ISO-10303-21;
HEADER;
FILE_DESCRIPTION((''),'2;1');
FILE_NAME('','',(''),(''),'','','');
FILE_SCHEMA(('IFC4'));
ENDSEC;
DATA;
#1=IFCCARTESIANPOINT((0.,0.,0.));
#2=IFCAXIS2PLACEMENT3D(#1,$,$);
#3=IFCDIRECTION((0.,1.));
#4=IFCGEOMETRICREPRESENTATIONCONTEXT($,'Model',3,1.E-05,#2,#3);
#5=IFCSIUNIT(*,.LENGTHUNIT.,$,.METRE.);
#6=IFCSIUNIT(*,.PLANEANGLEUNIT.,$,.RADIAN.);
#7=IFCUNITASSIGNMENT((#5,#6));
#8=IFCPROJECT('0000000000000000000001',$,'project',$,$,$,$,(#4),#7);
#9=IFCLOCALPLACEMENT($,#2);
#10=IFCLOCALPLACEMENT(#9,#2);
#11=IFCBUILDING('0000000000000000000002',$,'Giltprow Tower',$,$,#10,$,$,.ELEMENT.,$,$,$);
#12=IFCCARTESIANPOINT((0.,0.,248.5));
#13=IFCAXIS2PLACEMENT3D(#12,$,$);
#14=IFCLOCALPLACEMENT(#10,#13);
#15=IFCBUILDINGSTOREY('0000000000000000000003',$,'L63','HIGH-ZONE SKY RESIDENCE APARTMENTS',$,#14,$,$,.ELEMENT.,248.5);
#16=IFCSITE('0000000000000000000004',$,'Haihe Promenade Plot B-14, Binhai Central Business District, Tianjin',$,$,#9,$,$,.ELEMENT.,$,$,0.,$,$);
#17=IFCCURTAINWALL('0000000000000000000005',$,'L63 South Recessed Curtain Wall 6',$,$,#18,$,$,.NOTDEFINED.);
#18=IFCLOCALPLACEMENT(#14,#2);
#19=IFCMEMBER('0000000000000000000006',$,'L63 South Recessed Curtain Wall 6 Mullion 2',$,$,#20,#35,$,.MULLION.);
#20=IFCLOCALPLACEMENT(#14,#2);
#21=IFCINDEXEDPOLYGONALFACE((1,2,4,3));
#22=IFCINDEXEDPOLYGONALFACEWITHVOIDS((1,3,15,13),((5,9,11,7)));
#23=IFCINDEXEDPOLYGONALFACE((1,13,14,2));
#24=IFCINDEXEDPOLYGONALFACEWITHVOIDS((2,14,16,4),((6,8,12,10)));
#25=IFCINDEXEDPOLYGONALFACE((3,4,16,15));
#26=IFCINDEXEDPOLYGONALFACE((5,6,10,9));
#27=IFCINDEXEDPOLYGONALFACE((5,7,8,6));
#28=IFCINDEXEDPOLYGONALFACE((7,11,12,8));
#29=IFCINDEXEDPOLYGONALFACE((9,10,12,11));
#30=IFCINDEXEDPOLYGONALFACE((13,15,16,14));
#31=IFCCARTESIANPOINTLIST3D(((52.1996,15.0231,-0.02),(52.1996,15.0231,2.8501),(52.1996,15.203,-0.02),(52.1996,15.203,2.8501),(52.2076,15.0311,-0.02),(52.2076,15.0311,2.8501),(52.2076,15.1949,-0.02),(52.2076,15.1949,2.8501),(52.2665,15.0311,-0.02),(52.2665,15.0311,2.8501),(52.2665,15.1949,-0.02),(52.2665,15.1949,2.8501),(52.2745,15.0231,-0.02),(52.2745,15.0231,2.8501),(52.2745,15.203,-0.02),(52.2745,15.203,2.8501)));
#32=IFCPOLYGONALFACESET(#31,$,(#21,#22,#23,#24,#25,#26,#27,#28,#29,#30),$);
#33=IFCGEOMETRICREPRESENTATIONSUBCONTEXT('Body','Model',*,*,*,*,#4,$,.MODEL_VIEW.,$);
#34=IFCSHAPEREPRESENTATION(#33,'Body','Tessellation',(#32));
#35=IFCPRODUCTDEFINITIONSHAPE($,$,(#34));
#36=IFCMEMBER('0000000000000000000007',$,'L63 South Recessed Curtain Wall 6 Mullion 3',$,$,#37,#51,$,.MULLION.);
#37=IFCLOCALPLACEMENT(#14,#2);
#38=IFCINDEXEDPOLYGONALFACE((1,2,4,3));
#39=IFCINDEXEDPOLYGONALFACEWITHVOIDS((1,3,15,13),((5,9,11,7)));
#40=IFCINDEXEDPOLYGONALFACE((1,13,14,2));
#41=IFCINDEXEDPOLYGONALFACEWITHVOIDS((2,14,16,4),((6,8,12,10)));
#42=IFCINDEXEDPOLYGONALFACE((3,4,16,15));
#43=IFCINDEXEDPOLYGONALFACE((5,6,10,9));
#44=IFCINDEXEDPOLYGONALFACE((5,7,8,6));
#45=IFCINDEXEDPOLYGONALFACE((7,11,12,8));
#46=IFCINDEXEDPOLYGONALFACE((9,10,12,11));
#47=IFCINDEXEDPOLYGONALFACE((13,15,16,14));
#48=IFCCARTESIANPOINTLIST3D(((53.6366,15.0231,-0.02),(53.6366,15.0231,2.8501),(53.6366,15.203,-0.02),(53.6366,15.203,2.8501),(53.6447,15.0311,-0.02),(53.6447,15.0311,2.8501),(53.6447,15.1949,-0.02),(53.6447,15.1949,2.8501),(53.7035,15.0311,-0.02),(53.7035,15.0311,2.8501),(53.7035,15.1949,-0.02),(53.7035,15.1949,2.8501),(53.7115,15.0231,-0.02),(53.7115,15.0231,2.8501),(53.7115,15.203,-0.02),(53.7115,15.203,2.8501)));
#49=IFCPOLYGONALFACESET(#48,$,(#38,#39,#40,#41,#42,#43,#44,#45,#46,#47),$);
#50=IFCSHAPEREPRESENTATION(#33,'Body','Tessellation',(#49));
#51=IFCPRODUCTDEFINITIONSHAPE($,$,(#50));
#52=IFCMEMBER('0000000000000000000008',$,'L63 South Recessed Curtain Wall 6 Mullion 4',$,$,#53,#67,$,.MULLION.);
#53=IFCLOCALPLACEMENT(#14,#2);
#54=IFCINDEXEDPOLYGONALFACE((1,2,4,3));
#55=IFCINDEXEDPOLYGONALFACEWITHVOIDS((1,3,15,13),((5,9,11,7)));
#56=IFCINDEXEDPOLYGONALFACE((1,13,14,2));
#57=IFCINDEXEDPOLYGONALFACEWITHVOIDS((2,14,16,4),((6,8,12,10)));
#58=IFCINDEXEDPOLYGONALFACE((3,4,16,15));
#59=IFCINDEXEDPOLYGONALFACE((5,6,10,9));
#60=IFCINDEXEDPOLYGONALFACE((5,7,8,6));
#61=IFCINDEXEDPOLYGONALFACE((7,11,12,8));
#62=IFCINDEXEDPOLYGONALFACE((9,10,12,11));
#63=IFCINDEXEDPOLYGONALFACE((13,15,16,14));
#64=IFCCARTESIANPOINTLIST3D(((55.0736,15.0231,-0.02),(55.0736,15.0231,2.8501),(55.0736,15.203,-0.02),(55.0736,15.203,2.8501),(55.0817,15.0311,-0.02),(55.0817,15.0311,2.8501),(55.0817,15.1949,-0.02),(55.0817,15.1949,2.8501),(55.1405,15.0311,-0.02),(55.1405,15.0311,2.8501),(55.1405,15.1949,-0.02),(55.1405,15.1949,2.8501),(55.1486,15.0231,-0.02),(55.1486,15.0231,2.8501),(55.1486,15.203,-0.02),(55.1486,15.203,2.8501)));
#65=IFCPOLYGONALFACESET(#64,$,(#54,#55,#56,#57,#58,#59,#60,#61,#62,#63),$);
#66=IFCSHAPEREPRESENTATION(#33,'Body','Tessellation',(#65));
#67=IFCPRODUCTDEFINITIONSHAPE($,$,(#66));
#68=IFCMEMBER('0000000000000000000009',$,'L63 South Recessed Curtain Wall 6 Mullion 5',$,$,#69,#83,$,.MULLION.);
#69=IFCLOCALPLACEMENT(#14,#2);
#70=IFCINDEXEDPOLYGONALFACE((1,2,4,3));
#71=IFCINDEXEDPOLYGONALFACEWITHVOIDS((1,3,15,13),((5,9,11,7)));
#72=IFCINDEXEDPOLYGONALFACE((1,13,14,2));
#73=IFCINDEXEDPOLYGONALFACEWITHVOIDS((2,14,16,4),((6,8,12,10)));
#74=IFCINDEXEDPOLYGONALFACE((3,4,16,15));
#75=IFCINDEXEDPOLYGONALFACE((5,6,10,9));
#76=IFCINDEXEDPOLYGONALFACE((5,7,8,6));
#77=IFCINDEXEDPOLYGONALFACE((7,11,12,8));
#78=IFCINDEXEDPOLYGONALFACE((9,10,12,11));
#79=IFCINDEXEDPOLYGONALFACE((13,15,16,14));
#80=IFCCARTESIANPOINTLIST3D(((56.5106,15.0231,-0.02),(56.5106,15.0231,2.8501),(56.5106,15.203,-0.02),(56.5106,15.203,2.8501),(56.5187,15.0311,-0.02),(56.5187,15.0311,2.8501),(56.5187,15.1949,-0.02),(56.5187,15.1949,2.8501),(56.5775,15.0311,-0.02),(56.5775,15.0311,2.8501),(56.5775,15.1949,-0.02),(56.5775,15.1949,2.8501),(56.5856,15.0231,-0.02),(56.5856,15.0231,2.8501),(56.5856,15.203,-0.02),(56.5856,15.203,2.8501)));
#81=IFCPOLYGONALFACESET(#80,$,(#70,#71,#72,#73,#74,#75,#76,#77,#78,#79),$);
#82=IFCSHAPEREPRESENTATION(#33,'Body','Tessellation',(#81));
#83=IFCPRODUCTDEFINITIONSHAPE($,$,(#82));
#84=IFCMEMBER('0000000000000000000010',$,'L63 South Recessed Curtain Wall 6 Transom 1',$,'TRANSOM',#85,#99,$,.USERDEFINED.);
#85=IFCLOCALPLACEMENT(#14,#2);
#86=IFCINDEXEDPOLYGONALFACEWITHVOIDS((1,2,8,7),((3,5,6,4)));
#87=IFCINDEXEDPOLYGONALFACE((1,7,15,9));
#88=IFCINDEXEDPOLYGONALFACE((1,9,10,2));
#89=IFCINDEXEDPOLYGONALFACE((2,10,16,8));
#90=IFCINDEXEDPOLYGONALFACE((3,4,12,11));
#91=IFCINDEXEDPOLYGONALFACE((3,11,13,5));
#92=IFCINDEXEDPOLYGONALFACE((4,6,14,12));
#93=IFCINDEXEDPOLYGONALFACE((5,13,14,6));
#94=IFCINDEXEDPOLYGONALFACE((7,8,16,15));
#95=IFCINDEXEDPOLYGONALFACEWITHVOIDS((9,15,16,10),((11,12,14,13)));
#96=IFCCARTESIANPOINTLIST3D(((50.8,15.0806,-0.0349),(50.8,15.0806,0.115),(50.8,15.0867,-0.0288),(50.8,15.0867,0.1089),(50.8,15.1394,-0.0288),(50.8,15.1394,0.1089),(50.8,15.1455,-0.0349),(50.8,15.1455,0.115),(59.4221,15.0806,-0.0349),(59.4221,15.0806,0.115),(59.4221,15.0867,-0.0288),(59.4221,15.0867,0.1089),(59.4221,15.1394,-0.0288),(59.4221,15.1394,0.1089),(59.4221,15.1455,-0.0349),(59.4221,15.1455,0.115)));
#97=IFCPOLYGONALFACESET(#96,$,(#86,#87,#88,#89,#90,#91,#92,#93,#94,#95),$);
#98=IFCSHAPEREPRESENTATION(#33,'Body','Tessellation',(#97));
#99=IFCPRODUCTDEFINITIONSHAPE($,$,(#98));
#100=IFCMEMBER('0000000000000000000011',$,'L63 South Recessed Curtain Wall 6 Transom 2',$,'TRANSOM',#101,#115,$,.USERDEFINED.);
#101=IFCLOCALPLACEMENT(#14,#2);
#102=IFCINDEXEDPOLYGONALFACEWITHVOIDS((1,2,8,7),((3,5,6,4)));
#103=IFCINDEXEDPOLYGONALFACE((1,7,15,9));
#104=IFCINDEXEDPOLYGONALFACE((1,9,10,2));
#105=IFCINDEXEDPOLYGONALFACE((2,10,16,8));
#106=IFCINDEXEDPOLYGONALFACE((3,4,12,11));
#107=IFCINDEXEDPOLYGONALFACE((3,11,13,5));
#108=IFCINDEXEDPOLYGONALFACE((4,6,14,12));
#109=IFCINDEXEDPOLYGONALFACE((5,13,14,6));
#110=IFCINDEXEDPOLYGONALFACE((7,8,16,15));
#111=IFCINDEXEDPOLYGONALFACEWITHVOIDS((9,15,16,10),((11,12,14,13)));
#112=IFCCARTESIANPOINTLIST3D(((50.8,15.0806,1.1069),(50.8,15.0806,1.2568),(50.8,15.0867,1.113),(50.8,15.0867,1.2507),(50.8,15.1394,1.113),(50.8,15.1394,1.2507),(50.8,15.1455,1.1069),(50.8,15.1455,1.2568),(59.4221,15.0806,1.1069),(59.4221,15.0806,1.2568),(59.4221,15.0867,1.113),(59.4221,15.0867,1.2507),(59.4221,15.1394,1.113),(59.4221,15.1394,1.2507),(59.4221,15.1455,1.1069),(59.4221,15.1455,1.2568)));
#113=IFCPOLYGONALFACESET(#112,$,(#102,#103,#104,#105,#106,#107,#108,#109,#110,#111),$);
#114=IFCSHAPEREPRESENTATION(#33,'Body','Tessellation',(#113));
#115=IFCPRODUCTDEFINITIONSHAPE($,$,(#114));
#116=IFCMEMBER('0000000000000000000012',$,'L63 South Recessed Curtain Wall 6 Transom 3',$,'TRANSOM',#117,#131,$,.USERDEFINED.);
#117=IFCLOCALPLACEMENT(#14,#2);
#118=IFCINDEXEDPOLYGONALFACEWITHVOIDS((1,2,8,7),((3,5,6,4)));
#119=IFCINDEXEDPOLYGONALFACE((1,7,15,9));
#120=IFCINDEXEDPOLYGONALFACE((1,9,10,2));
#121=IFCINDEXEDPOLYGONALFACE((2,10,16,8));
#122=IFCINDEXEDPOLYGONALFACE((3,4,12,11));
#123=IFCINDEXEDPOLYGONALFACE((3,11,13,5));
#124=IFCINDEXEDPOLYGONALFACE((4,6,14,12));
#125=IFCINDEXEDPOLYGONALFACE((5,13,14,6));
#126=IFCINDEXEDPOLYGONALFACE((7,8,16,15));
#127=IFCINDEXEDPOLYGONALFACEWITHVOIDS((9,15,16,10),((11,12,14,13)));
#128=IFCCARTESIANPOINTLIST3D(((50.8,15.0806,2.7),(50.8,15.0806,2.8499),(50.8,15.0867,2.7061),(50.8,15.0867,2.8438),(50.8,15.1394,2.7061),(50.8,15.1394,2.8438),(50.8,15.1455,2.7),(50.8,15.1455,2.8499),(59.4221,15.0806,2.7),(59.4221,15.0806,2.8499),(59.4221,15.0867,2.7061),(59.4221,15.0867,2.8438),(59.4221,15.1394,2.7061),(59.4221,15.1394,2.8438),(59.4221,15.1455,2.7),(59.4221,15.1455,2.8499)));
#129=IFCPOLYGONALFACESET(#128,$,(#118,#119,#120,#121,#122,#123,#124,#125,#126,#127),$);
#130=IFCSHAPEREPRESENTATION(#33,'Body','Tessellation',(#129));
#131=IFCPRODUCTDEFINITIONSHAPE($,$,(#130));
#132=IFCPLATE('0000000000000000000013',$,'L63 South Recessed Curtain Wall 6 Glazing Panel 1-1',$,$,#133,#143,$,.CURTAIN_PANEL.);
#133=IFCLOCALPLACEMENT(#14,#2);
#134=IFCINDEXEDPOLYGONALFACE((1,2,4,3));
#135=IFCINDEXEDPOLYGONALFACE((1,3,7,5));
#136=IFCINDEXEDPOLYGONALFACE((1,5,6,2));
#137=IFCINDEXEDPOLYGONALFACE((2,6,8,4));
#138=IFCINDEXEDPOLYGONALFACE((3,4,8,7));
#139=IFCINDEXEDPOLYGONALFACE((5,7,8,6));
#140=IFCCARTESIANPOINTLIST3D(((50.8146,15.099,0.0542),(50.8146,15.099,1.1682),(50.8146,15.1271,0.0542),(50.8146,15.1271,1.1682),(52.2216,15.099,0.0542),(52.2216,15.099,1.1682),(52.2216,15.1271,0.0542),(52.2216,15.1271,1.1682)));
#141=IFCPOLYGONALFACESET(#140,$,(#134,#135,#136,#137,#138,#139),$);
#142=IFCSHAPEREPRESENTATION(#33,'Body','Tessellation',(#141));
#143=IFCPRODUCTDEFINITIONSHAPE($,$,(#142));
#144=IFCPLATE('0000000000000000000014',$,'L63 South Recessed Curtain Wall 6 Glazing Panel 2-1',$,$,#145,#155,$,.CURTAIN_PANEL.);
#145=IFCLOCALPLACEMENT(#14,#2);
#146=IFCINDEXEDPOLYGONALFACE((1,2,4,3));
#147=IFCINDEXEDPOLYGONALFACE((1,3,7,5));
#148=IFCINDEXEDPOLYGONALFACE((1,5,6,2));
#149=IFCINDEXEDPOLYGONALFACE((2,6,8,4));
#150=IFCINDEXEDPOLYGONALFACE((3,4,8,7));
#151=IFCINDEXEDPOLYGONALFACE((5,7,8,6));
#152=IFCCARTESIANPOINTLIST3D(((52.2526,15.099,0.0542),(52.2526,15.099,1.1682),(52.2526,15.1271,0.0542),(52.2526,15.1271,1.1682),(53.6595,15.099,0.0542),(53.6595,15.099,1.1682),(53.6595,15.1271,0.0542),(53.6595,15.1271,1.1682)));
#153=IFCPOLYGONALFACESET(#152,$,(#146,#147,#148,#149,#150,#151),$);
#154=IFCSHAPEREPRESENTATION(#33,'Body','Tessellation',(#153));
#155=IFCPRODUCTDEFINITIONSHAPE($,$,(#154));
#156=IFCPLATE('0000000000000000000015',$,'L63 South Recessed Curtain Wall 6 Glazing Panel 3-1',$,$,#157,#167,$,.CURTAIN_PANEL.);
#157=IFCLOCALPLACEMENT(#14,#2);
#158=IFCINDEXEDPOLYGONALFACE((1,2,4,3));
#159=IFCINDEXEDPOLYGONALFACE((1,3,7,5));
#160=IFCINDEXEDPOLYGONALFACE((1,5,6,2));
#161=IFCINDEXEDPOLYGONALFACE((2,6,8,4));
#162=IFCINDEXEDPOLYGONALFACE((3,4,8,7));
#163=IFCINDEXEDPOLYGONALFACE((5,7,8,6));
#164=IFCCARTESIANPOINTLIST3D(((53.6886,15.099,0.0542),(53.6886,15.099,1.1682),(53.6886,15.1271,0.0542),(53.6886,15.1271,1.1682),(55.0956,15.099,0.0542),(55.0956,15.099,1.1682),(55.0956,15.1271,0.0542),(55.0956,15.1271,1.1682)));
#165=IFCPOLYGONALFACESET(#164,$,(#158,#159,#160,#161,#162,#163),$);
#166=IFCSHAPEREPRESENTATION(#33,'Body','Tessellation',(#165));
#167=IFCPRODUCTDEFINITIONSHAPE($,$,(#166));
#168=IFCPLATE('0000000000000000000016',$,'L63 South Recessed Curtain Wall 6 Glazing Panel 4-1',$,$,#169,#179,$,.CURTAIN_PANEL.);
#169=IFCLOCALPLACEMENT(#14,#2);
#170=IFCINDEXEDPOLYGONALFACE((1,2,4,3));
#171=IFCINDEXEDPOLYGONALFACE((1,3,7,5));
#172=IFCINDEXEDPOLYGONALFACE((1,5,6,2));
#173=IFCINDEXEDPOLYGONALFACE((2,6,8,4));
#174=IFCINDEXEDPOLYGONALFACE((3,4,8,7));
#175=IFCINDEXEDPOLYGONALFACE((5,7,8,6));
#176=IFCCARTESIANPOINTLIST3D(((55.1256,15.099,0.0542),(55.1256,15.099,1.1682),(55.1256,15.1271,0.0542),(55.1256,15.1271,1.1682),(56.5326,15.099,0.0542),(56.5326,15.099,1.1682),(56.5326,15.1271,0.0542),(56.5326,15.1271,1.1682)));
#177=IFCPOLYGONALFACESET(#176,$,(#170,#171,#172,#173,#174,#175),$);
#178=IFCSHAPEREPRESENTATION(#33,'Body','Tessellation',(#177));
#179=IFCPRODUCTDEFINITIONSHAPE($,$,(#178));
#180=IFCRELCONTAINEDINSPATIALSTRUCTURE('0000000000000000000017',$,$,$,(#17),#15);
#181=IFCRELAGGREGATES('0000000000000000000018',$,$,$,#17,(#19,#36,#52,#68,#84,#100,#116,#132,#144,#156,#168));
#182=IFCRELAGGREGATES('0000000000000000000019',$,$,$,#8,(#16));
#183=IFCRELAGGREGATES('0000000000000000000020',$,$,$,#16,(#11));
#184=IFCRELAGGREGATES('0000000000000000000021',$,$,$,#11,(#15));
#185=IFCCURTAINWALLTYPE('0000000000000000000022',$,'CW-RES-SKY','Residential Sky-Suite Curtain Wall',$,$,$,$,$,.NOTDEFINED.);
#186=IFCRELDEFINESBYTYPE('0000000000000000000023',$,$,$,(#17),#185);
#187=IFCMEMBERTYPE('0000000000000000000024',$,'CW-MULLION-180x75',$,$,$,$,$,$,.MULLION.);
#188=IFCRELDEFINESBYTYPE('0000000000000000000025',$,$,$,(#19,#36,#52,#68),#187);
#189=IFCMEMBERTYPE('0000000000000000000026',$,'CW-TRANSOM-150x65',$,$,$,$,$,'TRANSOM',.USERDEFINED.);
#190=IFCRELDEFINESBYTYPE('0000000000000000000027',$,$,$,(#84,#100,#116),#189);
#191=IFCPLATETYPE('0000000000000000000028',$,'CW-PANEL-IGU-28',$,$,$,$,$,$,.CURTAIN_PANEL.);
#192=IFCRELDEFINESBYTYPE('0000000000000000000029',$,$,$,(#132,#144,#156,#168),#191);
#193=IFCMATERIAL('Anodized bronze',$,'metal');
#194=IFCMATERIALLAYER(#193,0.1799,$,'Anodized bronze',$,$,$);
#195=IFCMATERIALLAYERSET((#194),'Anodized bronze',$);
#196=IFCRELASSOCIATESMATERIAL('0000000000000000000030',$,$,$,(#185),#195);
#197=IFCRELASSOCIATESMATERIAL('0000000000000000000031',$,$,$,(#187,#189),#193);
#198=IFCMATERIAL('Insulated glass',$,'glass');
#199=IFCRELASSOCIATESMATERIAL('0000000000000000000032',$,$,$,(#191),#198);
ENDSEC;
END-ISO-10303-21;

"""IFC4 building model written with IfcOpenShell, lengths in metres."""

from ifc_helpers import new_model, si_unit, direction, frame, origin, origin_2d, place, context, subcontext, project, spatial, rectangle, hollow_rectangle, extrude, source, transform, mapped, material, layer, layer_set, material_profile, profile_set, type_object, element, aggregate, save


model = new_model("IFC4")

# Units and contexts
model_context = context("Model", 3, precision=1e-05, world=origin(), true_north=direction((0.0, 1.0)))
body_context = subcontext(model_context, "Body", "Model", "MODEL_VIEW")
ifc_project = project(units=[si_unit("LENGTHUNIT", "METRE"), si_unit("PLANEANGLEUNIT", "RADIAN")], contexts=[model_context])

# Site, building, storey
site_placement = place(None, origin())
site = spatial("IfcSite", under=ifc_project, at=site_placement, Name="Haihe Promenade Plot B-14, Binhai Central Business District, Tianjin", CompositionType="ELEMENT", RefElevation=0.0)
building_placement = place(site_placement, origin())
building = spatial("IfcBuilding", under=site, at=building_placement, Name="Giltprow Tower", CompositionType="ELEMENT")
storey_placement = place(building_placement, frame((0.0, 0.0, 248.5)))
storey = spatial("IfcBuildingStorey", under=building, at=storey_placement, Name="L63", Description="HIGH-ZONE SKY RESIDENCE APARTMENTS", CompositionType="ELEMENT", Elevation=248.5)

# Curtain wall, members, plates
ifc_material_1 = material(Name="Anodized bronze", Category="metal")
ifc_layer = layer(ifc_material_1, 0.1799, Name="Anodized bronze")
ifc_layer_set = layer_set([ifc_layer], Name="Anodized bronze")
curtain_wall_type = type_object("IfcCurtainWallType", Name="CW-RES-SKY", Description="Residential Sky-Suite Curtain Wall", PredefinedType="NOTDEFINED", material=ifc_layer_set)
curtain_wall_placement = place(storey_placement, origin())
curtain_wall = element("IfcCurtainWall", 1, at=curtain_wall_placement, inside=storey, type_object=curtain_wall_type, Name="L63 South Recessed Curtain Wall 6", PredefinedType="NOTDEFINED")
ifc_material_profile_1 = material_profile(ifc_material_1, hollow_rectangle(XDim=0.075, YDim=0.1799, WallThickness=0.0081, at=origin_2d()), Name="RHS 180x75x8")
ifc_profile_set_1 = profile_set([ifc_material_profile_1], Name="Anodized bronze")
member_type_1 = type_object("IfcMemberType", Name="CW-MULLION-180x75", PredefinedType="MULLION", material=ifc_profile_set_1)
shared_shape_1 = source(origin(), body_context, "Body", "SweptSolid", [
    extrude(hollow_rectangle(XDim=0.075, YDim=0.1799, WallThickness=0.0081, at=origin_2d()), origin(), (0.0, 0.0, 1.0), 2.8701),
])
member_1_placement = place(storey_placement, frame((52.2371, 15.113, -0.02), z_axis=(0.0, 0.0, 1.0), x_axis=(1.0, 0.0, 0.0)))
member_1 = element("IfcMember", 2, at=member_1_placement, type_object=member_type_1, Name="L63 South Recessed Curtain Wall 6 Mullion 2", PredefinedType="MULLION", context=body_context, shape_type="MappedRepresentation", body=[
    mapped(shared_shape_1, transform((0.0, 0.0, 0.0), x_axis=(1.0, 0.0, 0.0), y_axis=(0.0, 1.0, 0.0), z_axis=(0.0, 0.0, 1.0), scale=1.0)),
])
member_2_placement = place(storey_placement, frame((53.6741, 15.113, -0.02), z_axis=(0.0, 0.0, 1.0), x_axis=(1.0, 0.0, 0.0)))
member_2 = element("IfcMember", 3, at=member_2_placement, type_object=member_type_1, Name="L63 South Recessed Curtain Wall 6 Mullion 3", PredefinedType="MULLION", context=body_context, shape_type="MappedRepresentation", body=[
    mapped(shared_shape_1, transform((0.0, 0.0, 0.0), x_axis=(1.0, 0.0, 0.0), y_axis=(0.0, 1.0, 0.0), z_axis=(0.0, 0.0, 1.0), scale=1.0)),
])
member_3_placement = place(storey_placement, frame((55.1111, 15.113, -0.02), z_axis=(0.0, 0.0, 1.0), x_axis=(1.0, 0.0, 0.0)))
member_3 = element("IfcMember", 4, at=member_3_placement, type_object=member_type_1, Name="L63 South Recessed Curtain Wall 6 Mullion 4", PredefinedType="MULLION", context=body_context, shape_type="MappedRepresentation", body=[
    mapped(shared_shape_1, transform((0.0, 0.0, 0.0), x_axis=(1.0, 0.0, 0.0), y_axis=(0.0, 1.0, 0.0), z_axis=(0.0, 0.0, 1.0), scale=1.0)),
])
member_4_placement = place(storey_placement, frame((56.5481, 15.113, -0.02), z_axis=(0.0, 0.0, 1.0), x_axis=(1.0, 0.0, 0.0)))
member_4 = element("IfcMember", 5, at=member_4_placement, type_object=member_type_1, Name="L63 South Recessed Curtain Wall 6 Mullion 5", PredefinedType="MULLION", context=body_context, shape_type="MappedRepresentation", body=[
    mapped(shared_shape_1, transform((0.0, 0.0, 0.0), x_axis=(1.0, 0.0, 0.0), y_axis=(0.0, 1.0, 0.0), z_axis=(0.0, 0.0, 1.0), scale=1.0)),
])
ifc_material_profile_2 = material_profile(ifc_material_1, hollow_rectangle(XDim=0.0649, YDim=0.1499, WallThickness=0.0061, at=origin_2d()), Name="RHS 150x65x6")
ifc_profile_set_2 = profile_set([ifc_material_profile_2], Name="Anodized bronze")
member_type_2 = type_object("IfcMemberType", Name="CW-TRANSOM-150x65", ElementType="TRANSOM", PredefinedType="USERDEFINED", material=ifc_profile_set_2)
shared_shape_2 = source(origin(), body_context, "Body", "SweptSolid", [
    extrude(hollow_rectangle(XDim=0.0649, YDim=0.1499, WallThickness=0.0061, at=origin_2d()), origin(), (0.0, 0.0, 1.0), 8.6221),
])
member_5_placement = place(storey_placement, frame((50.8, 15.113, 0.04), z_axis=(1.0, 0.0, 0.0), x_axis=(0.0, 1.0, 0.0)))
member_5 = element("IfcMember", 6, at=member_5_placement, type_object=member_type_2, Name="L63 South Recessed Curtain Wall 6 Transom 1", ObjectType="TRANSOM", PredefinedType="USERDEFINED", context=body_context, shape_type="MappedRepresentation", body=[
    mapped(shared_shape_2, transform((0.0, 0.0, 0.0), x_axis=(1.0, 0.0, 0.0), y_axis=(0.0, 1.0, 0.0), z_axis=(0.0, 0.0, 1.0), scale=1.0)),
])
member_6_placement = place(storey_placement, frame((50.8, 15.113, 1.1819), z_axis=(1.0, 0.0, 0.0), x_axis=(0.0, 1.0, 0.0)))
member_6 = element("IfcMember", 7, at=member_6_placement, type_object=member_type_2, Name="L63 South Recessed Curtain Wall 6 Transom 2", ObjectType="TRANSOM", PredefinedType="USERDEFINED", context=body_context, shape_type="MappedRepresentation", body=[
    mapped(shared_shape_2, transform((0.0, 0.0, 0.0), x_axis=(1.0, 0.0, 0.0), y_axis=(0.0, 1.0, 0.0), z_axis=(0.0, 0.0, 1.0), scale=1.0)),
])
member_7_placement = place(storey_placement, frame((50.8, 15.113, 2.7749), z_axis=(1.0, 0.0, 0.0), x_axis=(0.0, 1.0, 0.0)))
member_7 = element("IfcMember", 8, at=member_7_placement, type_object=member_type_2, Name="L63 South Recessed Curtain Wall 6 Transom 3", ObjectType="TRANSOM", PredefinedType="USERDEFINED", context=body_context, shape_type="MappedRepresentation", body=[
    mapped(shared_shape_2, transform((0.0, 0.0, 0.0), x_axis=(1.0, 0.0, 0.0), y_axis=(0.0, 1.0, 0.0), z_axis=(0.0, 0.0, 1.0), scale=1.0)),
])
ifc_material_2 = material(Name="Insulated glass", Category="glass")
plate_type = type_object("IfcPlateType", Name="CW-PANEL-IGU-28", PredefinedType="CURTAIN_PANEL", material=ifc_material_2)
shared_shape_3 = source(origin(), body_context, "Body", "SweptSolid", [
    extrude(rectangle(XDim=1.407, YDim=0.0281, at=origin_2d()), origin(), (0.0, 0.0, 1.0), 1.114),
])
plate_1_placement = place(storey_placement, frame((51.5181, 15.113, 0.0542), z_axis=(0.0, 0.0, 1.0), x_axis=(1.0, 0.0, 0.0)))
plate_1 = element("IfcPlate", 9, at=plate_1_placement, type_object=plate_type, Name="L63 South Recessed Curtain Wall 6 Glazing Panel 1-1", PredefinedType="CURTAIN_PANEL", context=body_context, shape_type="MappedRepresentation", body=[
    mapped(shared_shape_3, transform((0.0, 0.0, 0.0), x_axis=(1.0, 0.0, 0.0), y_axis=(0.0, 1.0, 0.0), z_axis=(0.0, 0.0, 1.0), scale=1.0)),
])
plate_2_placement = place(storey_placement, frame((52.9561, 15.113, 0.0542), z_axis=(0.0, 0.0, 1.0), x_axis=(1.0, 0.0, 0.0)))
plate_2 = element("IfcPlate", 10, at=plate_2_placement, type_object=plate_type, Name="L63 South Recessed Curtain Wall 6 Glazing Panel 2-1", PredefinedType="CURTAIN_PANEL", context=body_context, shape_type="MappedRepresentation", body=[
    mapped(shared_shape_3, transform((0.0, 0.0, 0.0), x_axis=(1.0, 0.0, 0.0), y_axis=(0.0, 1.0, 0.0), z_axis=(0.0, 0.0, 1.0), scale=1.0)),
])
plate_3_placement = place(storey_placement, frame((54.3921, 15.113, 0.0542), z_axis=(0.0, 0.0, 1.0), x_axis=(1.0, 0.0, 0.0)))
plate_3 = element("IfcPlate", 11, at=plate_3_placement, type_object=plate_type, Name="L63 South Recessed Curtain Wall 6 Glazing Panel 3-1", PredefinedType="CURTAIN_PANEL", context=body_context, shape_type="MappedRepresentation", body=[
    mapped(shared_shape_3, transform((0.0, 0.0, 0.0), x_axis=(1.0, 0.0, 0.0), y_axis=(0.0, 1.0, 0.0), z_axis=(0.0, 0.0, 1.0), scale=1.0)),
])
plate_4_placement = place(storey_placement, frame((55.8291, 15.113, 0.0542), z_axis=(0.0, 0.0, 1.0), x_axis=(1.0, 0.0, 0.0)))
plate_4 = element("IfcPlate", 12, at=plate_4_placement, type_object=plate_type, Name="L63 South Recessed Curtain Wall 6 Glazing Panel 4-1", PredefinedType="CURTAIN_PANEL", context=body_context, shape_type="MappedRepresentation", body=[
    mapped(shared_shape_3, transform((0.0, 0.0, 0.0), x_axis=(1.0, 0.0, 0.0), y_axis=(0.0, 1.0, 0.0), z_axis=(0.0, 0.0, 1.0), scale=1.0)),
])
aggregate(curtain_wall, [member_1, member_2, member_3, member_4, member_5, member_6, member_7, plate_1, plate_2, plate_3, plate_4])

save(model, "model.ifc")
